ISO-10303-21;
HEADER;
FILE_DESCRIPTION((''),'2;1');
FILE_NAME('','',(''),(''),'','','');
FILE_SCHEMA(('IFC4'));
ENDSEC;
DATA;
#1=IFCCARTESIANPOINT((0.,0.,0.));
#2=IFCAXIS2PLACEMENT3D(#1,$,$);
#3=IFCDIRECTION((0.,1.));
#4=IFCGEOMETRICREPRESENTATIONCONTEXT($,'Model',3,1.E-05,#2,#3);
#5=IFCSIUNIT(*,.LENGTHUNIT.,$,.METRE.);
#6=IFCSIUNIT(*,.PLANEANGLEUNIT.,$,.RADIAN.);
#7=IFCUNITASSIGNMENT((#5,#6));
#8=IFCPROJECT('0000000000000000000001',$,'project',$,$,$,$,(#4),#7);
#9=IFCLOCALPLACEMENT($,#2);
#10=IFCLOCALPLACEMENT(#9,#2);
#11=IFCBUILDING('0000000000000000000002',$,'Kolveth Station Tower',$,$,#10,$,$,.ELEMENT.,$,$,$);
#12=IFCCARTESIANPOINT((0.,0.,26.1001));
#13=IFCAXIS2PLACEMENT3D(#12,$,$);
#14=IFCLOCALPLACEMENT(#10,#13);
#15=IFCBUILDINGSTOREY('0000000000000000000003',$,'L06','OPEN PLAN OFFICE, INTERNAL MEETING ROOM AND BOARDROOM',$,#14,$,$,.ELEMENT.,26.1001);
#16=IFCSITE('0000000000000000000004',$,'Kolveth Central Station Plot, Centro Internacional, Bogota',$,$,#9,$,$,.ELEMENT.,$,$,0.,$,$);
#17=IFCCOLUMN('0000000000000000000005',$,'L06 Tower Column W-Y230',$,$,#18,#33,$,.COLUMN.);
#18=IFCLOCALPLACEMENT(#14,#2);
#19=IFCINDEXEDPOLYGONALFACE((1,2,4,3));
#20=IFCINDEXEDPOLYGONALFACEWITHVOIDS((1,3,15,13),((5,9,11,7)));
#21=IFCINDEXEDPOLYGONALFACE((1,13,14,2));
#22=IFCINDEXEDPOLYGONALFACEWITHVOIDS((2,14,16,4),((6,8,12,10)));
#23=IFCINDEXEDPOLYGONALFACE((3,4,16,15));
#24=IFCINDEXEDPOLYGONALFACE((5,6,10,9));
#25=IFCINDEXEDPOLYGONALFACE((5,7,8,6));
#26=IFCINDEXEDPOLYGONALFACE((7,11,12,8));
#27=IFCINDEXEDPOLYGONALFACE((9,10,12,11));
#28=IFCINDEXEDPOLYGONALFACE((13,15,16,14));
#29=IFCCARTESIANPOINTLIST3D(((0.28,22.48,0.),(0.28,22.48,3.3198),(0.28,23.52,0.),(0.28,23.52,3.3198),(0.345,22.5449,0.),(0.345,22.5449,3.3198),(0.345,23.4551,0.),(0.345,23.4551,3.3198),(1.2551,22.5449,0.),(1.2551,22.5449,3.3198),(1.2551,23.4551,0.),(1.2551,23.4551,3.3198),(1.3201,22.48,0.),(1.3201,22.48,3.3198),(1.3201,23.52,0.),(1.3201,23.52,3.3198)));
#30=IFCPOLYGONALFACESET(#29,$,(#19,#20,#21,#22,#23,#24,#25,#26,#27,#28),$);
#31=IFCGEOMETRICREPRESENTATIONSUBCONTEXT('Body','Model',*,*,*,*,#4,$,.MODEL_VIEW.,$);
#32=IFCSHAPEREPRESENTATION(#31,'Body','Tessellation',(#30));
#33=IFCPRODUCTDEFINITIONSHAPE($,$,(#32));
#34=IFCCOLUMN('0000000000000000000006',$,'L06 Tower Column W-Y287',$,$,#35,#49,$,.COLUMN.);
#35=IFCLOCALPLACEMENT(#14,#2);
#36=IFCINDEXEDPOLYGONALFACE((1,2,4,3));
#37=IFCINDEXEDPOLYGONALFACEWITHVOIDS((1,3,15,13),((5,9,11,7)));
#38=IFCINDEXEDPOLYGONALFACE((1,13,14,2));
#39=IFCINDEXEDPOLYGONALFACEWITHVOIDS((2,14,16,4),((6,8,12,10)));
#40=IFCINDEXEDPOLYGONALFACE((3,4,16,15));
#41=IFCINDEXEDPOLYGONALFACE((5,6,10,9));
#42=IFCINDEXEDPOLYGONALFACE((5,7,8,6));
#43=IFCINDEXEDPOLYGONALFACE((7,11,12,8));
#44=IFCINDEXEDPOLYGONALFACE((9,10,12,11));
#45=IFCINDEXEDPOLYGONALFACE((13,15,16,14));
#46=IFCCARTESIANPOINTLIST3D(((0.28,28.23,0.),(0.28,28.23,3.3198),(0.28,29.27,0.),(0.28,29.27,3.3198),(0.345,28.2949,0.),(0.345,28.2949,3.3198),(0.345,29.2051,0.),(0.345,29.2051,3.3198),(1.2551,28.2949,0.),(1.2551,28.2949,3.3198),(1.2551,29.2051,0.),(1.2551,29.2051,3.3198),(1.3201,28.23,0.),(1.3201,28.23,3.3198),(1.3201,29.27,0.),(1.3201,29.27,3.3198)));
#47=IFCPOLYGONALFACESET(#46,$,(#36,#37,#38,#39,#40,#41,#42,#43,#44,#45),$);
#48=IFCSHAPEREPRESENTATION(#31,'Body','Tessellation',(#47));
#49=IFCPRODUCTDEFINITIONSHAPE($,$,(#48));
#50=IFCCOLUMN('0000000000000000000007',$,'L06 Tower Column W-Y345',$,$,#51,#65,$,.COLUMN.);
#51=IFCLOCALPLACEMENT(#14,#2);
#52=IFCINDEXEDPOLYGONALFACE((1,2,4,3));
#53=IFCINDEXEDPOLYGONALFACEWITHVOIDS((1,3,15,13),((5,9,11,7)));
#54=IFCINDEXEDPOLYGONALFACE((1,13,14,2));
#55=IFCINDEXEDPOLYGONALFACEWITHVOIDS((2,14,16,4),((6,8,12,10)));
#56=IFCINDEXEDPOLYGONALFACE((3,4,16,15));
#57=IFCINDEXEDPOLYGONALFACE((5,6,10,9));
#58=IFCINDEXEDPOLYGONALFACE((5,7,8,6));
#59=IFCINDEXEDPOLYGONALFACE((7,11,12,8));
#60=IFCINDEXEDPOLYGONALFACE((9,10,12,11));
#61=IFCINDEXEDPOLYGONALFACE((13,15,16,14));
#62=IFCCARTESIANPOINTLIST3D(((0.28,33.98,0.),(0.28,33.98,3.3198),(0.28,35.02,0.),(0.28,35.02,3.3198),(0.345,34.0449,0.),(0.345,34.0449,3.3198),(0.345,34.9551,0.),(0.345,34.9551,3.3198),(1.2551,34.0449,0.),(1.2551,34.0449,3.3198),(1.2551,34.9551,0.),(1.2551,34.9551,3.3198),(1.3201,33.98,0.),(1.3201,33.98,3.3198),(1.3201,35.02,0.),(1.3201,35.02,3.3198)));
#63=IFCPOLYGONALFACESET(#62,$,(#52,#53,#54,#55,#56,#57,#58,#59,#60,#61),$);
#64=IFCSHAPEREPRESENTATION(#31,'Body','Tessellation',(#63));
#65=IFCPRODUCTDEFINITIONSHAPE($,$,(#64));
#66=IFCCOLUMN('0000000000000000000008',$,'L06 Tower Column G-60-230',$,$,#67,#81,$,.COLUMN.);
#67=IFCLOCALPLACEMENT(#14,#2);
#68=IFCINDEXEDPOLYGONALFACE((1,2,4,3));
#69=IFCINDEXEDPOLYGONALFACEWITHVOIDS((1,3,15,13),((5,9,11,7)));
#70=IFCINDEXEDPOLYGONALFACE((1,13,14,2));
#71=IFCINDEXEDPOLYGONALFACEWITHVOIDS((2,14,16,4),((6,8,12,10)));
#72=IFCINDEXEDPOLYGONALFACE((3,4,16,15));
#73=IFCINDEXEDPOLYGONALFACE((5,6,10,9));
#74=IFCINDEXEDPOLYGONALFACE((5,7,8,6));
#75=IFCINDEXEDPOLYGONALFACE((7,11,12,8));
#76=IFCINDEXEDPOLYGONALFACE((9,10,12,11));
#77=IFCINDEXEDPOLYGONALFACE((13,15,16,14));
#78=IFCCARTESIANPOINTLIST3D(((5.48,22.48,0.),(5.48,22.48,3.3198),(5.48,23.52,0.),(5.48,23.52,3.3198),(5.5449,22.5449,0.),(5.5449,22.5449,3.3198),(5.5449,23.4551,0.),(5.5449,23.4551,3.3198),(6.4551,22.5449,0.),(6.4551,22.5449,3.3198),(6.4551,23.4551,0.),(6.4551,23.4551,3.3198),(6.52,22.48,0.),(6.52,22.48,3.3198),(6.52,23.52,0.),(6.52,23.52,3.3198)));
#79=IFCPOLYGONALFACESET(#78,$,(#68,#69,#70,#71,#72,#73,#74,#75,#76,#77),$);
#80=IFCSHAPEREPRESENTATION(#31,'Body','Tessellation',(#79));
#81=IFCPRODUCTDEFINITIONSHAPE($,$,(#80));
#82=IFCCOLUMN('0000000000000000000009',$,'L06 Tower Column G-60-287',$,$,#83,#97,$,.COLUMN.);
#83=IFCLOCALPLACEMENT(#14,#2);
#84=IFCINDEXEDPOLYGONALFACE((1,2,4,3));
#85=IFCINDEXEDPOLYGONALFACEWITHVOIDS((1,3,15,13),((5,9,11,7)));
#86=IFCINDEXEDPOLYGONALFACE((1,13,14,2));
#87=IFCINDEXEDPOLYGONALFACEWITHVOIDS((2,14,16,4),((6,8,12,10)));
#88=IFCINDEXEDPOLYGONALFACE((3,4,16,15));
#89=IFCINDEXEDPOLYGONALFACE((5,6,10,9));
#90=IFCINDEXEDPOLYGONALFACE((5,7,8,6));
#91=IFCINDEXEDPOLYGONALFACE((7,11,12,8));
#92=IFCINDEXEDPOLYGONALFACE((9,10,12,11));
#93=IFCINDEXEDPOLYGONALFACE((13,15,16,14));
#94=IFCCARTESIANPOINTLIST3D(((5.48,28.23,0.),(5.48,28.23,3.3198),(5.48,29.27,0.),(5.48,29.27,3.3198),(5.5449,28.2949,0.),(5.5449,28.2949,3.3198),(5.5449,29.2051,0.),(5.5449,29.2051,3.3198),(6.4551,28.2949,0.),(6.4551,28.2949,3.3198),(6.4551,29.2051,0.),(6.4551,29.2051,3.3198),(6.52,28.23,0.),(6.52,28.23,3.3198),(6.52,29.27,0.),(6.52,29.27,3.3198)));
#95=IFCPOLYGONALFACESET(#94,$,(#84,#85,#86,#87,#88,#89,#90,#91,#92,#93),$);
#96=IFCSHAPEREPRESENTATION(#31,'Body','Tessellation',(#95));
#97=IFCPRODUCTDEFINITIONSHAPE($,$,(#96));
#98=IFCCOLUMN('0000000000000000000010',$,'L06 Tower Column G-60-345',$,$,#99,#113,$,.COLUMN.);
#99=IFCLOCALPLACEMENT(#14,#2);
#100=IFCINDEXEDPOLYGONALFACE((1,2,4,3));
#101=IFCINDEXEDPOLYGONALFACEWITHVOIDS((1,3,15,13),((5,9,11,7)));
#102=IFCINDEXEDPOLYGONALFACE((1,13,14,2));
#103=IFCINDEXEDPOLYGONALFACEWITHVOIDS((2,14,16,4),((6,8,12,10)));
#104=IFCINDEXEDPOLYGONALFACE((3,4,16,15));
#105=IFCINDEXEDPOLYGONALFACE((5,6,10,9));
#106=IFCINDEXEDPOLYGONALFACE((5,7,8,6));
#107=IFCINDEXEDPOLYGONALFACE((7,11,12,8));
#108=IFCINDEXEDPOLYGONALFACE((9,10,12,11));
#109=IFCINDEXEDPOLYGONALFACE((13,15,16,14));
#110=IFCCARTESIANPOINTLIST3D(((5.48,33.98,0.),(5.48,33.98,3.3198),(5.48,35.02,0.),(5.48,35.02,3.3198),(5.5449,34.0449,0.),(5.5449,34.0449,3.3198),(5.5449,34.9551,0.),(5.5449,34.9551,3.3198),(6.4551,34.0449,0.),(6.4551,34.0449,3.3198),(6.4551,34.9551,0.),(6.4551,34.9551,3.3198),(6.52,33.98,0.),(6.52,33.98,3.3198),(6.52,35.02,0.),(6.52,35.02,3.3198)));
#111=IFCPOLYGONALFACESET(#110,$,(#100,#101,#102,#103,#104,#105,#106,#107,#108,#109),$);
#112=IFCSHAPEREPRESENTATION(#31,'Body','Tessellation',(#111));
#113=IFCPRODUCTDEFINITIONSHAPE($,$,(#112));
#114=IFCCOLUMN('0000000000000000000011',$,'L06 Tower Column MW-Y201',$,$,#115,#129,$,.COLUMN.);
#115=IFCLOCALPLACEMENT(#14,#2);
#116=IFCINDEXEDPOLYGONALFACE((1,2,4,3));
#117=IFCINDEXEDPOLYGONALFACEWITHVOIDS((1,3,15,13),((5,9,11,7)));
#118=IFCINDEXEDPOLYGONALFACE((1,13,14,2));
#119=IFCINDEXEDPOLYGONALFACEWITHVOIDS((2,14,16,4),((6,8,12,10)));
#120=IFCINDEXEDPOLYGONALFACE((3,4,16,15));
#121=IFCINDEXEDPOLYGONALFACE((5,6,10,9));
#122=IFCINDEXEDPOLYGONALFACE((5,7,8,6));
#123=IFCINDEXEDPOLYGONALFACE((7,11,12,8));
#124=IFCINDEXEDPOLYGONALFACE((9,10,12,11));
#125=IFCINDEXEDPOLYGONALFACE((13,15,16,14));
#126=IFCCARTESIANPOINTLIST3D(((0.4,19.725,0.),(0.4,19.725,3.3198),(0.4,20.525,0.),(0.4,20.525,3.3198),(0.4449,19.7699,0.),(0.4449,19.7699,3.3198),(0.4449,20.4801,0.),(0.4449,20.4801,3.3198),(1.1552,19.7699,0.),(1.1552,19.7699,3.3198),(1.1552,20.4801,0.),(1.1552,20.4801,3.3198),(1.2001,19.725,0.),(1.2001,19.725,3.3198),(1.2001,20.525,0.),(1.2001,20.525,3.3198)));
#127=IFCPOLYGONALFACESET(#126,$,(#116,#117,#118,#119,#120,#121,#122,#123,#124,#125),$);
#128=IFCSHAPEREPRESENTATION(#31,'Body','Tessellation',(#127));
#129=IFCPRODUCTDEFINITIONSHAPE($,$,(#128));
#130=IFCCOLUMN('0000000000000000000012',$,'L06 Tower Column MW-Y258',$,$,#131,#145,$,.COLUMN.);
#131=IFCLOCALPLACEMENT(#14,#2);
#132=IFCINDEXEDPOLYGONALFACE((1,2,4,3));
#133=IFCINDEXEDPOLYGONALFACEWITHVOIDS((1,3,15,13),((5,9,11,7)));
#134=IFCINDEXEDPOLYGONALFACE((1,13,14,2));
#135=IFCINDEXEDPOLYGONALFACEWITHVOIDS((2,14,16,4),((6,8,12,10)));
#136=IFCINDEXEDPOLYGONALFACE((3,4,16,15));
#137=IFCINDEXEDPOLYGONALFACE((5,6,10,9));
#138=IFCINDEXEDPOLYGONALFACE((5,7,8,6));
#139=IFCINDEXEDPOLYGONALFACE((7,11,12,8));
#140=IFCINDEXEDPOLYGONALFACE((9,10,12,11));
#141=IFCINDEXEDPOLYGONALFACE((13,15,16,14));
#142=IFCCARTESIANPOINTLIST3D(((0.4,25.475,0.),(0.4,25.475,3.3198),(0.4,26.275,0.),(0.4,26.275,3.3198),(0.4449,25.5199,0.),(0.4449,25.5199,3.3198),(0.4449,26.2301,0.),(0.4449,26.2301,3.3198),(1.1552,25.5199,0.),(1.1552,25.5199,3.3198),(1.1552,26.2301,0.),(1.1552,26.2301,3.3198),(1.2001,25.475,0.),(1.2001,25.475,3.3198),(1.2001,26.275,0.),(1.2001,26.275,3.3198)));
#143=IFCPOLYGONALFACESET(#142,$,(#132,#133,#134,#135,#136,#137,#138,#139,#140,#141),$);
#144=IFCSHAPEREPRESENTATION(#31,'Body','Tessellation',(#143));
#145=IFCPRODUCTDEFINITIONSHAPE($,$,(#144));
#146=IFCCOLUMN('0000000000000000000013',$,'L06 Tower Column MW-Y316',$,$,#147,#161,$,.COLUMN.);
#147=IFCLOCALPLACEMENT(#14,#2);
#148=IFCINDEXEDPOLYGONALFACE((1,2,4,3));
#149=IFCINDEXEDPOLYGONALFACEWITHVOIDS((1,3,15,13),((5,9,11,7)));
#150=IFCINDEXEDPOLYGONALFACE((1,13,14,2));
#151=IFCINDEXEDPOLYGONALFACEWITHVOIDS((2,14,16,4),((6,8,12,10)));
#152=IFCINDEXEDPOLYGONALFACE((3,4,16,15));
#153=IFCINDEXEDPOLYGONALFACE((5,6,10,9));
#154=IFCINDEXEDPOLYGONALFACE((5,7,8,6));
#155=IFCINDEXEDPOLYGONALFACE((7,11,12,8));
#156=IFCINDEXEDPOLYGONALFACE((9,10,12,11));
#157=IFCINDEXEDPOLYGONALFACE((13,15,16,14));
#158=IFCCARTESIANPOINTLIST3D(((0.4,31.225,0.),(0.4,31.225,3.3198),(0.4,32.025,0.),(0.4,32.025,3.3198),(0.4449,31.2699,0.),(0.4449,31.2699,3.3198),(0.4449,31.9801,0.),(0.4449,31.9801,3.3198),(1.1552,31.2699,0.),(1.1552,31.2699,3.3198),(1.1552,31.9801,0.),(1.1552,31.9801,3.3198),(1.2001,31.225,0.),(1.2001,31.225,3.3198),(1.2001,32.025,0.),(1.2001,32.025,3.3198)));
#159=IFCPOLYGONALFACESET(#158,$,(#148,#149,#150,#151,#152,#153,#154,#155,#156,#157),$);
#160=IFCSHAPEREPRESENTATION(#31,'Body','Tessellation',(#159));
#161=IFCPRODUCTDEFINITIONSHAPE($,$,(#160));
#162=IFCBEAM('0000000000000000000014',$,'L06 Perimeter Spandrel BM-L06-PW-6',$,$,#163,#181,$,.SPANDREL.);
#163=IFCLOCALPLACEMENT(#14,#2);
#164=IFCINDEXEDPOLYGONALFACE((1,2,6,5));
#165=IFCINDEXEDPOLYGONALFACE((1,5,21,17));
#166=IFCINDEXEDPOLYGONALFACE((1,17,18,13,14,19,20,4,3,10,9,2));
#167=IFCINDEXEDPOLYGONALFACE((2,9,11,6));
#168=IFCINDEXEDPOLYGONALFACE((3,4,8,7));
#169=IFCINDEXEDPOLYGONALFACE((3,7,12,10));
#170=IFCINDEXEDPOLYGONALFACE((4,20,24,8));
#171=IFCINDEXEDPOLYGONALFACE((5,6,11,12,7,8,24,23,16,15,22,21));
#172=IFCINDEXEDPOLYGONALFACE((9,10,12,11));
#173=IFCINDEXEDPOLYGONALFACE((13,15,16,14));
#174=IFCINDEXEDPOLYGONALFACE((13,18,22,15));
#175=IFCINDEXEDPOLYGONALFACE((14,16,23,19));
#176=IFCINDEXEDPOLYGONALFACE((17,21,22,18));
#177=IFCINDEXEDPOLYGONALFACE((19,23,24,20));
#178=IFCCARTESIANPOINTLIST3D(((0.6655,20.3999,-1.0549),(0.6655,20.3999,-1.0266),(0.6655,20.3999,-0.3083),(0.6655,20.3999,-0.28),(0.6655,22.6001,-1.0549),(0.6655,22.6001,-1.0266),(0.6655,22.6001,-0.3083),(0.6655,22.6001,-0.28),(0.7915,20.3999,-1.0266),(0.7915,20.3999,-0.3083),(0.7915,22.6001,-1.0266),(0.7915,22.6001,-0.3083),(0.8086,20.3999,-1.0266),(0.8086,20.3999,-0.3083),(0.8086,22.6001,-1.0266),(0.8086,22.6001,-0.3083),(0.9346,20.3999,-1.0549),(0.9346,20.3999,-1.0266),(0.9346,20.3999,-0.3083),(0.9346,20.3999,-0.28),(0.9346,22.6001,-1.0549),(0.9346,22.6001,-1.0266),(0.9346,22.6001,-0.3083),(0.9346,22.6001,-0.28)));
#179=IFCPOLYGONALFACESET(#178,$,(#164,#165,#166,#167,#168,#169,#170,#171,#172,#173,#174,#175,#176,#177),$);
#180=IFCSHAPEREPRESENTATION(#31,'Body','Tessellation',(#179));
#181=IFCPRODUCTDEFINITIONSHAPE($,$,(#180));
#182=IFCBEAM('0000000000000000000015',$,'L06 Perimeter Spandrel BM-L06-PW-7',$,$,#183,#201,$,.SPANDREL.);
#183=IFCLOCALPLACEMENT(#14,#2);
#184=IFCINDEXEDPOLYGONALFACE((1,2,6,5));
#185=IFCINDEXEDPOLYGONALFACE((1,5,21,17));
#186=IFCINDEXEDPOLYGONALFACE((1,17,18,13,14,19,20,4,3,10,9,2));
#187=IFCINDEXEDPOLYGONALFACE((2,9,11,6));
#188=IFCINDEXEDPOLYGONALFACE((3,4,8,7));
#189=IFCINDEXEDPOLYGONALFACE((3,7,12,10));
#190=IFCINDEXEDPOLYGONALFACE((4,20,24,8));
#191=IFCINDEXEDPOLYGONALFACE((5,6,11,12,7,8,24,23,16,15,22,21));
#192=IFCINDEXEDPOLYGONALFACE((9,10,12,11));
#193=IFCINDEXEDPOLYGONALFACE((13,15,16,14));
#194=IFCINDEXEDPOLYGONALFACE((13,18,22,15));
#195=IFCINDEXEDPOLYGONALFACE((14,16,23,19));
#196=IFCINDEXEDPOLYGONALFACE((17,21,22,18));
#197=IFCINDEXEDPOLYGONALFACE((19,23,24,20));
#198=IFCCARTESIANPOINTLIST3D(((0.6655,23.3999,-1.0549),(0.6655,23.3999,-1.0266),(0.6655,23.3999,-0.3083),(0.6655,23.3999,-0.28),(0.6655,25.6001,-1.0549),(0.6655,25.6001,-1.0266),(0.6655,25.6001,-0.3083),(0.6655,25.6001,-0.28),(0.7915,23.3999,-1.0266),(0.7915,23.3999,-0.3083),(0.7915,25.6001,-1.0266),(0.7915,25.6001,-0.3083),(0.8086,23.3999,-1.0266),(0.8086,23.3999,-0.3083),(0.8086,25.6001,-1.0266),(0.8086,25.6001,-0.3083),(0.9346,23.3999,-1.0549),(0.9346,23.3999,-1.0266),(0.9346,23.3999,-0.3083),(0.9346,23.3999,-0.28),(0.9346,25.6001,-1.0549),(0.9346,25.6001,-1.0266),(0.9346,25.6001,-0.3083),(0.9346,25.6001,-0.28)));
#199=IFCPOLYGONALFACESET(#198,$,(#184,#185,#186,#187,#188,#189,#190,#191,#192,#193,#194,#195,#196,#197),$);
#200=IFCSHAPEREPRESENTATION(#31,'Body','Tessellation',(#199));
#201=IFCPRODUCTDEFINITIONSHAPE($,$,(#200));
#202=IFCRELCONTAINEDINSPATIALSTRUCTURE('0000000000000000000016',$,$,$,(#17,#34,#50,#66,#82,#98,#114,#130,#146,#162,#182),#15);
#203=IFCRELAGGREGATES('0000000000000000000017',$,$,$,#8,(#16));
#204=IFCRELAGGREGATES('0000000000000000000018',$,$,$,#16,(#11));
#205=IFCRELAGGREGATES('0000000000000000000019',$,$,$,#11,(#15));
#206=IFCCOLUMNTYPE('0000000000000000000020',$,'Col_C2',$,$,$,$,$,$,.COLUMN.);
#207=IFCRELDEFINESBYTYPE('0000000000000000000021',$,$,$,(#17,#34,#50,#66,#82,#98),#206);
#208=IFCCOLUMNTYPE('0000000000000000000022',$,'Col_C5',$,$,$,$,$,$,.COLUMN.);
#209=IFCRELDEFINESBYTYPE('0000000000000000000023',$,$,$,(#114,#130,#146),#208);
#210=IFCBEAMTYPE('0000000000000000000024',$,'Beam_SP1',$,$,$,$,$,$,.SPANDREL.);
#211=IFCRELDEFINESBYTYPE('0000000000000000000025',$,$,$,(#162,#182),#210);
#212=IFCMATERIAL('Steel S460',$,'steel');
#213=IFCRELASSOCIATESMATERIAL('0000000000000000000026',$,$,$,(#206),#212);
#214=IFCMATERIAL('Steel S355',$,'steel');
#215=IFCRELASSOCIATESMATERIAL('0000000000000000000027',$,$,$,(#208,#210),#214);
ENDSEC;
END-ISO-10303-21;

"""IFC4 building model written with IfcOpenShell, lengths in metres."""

from ifc_helpers import new_model, si_unit, direction, frame, origin, origin_2d, place, context, subcontext, project, spatial, hollow_rectangle, i_section, extrude, source, transform, mapped, material, material_profile, profile_set, type_object, element, save


model = new_model("IFC4")

# Units and contexts
model_context = context("Model", 3, precision=1e-05, world=origin(), true_north=direction((0.0, 1.0)))
body_context = subcontext(model_context, "Body", "Model", "MODEL_VIEW")
ifc_project = project(units=[si_unit("LENGTHUNIT", "METRE"), si_unit("PLANEANGLEUNIT", "RADIAN")], contexts=[model_context])

# Site, building, storey
site_placement = place(None, origin())
site = spatial("IfcSite", under=ifc_project, at=site_placement, Name="Kolveth Central Station Plot, Centro Internacional, Bogota", CompositionType="ELEMENT", RefElevation=0.0)
building_placement = place(site_placement, origin())
building = spatial("IfcBuilding", under=site, at=building_placement, Name="Kolveth Station Tower", CompositionType="ELEMENT")
storey_placement = place(building_placement, frame((0.0, 0.0, 26.1001)))
storey = spatial("IfcBuildingStorey", under=building, at=storey_placement, Name="L06", Description="OPEN PLAN OFFICE, INTERNAL MEETING ROOM AND BOARDROOM", CompositionType="ELEMENT", Elevation=26.1001)

# Columns
ifc_material_1 = material(Name="Steel S460", Category="steel")
ifc_material_profile_1 = material_profile(ifc_material_1, hollow_rectangle(XDim=1.04, YDim=1.04, WallThickness=0.0649, at=origin_2d()), Name="BOX1040x1040x65")
ifc_profile_set_1 = profile_set([ifc_material_profile_1], Name="Steel S460")
column_type_1 = type_object("IfcColumnType", Name="Col_C2", PredefinedType="COLUMN", material=ifc_profile_set_1)
shared_shape_1 = source(origin(), body_context, "Body", "SweptSolid", [
    extrude(hollow_rectangle(XDim=1.04, YDim=1.04, WallThickness=0.0649, at=origin_2d()), origin(), (0.0, 0.0, 1.0), 3.3198),
])
for number, where, z_axis, x_axis, name in (
    (1, (0.8, 23.0, 0.0), (0.0, 0.0, 1.0), (1.0, 0.0, 0.0), "L06 Tower Column W-Y230"),
    (2, (0.8, 28.75, 0.0), (0.0, 0.0, 1.0), (1.0, 0.0, 0.0), "L06 Tower Column W-Y287"),
    (3, (0.8, 34.5, 0.0), (0.0, 0.0, 1.0), (1.0, 0.0, 0.0), "L06 Tower Column W-Y345"),
    (4, (6.0, 23.0, 0.0), (0.0, 0.0, 1.0), (1.0, 0.0, 0.0), "L06 Tower Column G-60-230"),
    (5, (6.0, 28.75, 0.0), (0.0, 0.0, 1.0), (1.0, 0.0, 0.0), "L06 Tower Column G-60-287"),
    (6, (6.0, 34.5, 0.0), (0.0, 0.0, 1.0), (1.0, 0.0, 0.0), "L06 Tower Column G-60-345"),
):
    element("IfcColumn", number, at=place(storey_placement, frame(where, z_axis=z_axis, x_axis=x_axis)), inside=storey, type_object=column_type_1, Name=name, PredefinedType="COLUMN", context=body_context, shape_type="MappedRepresentation", body=[
        mapped(shared_shape_1, transform((0.0, 0.0, 0.0), x_axis=(1.0, 0.0, 0.0), y_axis=(0.0, 1.0, 0.0), z_axis=(0.0, 0.0, 1.0), scale=1.0)),
    ])
ifc_material_2 = material(Name="Steel S355", Category="steel")
ifc_material_profile_2 = material_profile(ifc_material_2, hollow_rectangle(XDim=0.8, YDim=0.8, WallThickness=0.0449, at=origin_2d()), Name="BOX800x800x45")
ifc_profile_set_2 = profile_set([ifc_material_profile_2], Name="Steel S355")
column_type_2 = type_object("IfcColumnType", Name="Col_C5", PredefinedType="COLUMN", material=ifc_profile_set_2)
shared_shape_2 = source(origin(), body_context, "Body", "SweptSolid", [
    extrude(hollow_rectangle(XDim=0.8, YDim=0.8, WallThickness=0.0449, at=origin_2d()), origin(), (0.0, 0.0, 1.0), 3.3198),
])
for number, where, z_axis, x_axis, name in (
    (7, (0.8, 20.125, 0.0), (0.0, 0.0, 1.0), (1.0, 0.0, 0.0), "L06 Tower Column MW-Y201"),
    (8, (0.8, 25.875, 0.0), (0.0, 0.0, 1.0), (1.0, 0.0, 0.0), "L06 Tower Column MW-Y258"),
    (9, (0.8, 31.625, 0.0), (0.0, 0.0, 1.0), (1.0, 0.0, 0.0), "L06 Tower Column MW-Y316"),
):
    element("IfcColumn", number, at=place(storey_placement, frame(where, z_axis=z_axis, x_axis=x_axis)), inside=storey, type_object=column_type_2, Name=name, PredefinedType="COLUMN", context=body_context, shape_type="MappedRepresentation", body=[
        mapped(shared_shape_2, transform((0.0, 0.0, 0.0), x_axis=(1.0, 0.0, 0.0), y_axis=(0.0, 1.0, 0.0), z_axis=(0.0, 0.0, 1.0), scale=1.0)),
    ])

# Beams
ifc_material_profile_3 = material_profile(ifc_material_2, i_section(OverallWidth=0.269, OverallDepth=0.7749, WebThickness=0.0171, FlangeThickness=0.0283, at=origin_2d()), Name="W760x220")
ifc_profile_set_3 = profile_set([ifc_material_profile_3], Name="Steel S355")
beam_type_1 = type_object("IfcBeamType", Name="Beam_SP1", PredefinedType="SPANDREL", material=ifc_profile_set_3)
shared_shape_3 = source(origin(), body_context, "Body", "SweptSolid", [
    extrude(i_section(OverallWidth=0.269, OverallDepth=0.7749, WebThickness=0.0171, FlangeThickness=0.0283, at=origin_2d()), origin(), (0.0, 0.0, 1.0), 2.2002),
])
for number, where, z_axis, x_axis, name in (
    (10, (0.8, 20.3999, -0.6675), (0.0, 1.0, 0.0), (-1.0, 0.0, 0.0), "L06 Perimeter Spandrel BM-L06-PW-6"),
    (11, (0.8, 23.3999, -0.6675), (0.0, 1.0, 0.0), (-1.0, 0.0, 0.0), "L06 Perimeter Spandrel BM-L06-PW-7"),
):
    element("IfcBeam", number, at=place(storey_placement, frame(where, z_axis=z_axis, x_axis=x_axis)), inside=storey, type_object=beam_type_1, Name=name, PredefinedType="SPANDREL", context=body_context, shape_type="MappedRepresentation", body=[
        mapped(shared_shape_3, transform((0.0, 0.0, 0.0), x_axis=(1.0, 0.0, 0.0), y_axis=(0.0, 1.0, 0.0), z_axis=(0.0, 0.0, 1.0), scale=1.0)),
    ])

save(model, "model.ifc")
